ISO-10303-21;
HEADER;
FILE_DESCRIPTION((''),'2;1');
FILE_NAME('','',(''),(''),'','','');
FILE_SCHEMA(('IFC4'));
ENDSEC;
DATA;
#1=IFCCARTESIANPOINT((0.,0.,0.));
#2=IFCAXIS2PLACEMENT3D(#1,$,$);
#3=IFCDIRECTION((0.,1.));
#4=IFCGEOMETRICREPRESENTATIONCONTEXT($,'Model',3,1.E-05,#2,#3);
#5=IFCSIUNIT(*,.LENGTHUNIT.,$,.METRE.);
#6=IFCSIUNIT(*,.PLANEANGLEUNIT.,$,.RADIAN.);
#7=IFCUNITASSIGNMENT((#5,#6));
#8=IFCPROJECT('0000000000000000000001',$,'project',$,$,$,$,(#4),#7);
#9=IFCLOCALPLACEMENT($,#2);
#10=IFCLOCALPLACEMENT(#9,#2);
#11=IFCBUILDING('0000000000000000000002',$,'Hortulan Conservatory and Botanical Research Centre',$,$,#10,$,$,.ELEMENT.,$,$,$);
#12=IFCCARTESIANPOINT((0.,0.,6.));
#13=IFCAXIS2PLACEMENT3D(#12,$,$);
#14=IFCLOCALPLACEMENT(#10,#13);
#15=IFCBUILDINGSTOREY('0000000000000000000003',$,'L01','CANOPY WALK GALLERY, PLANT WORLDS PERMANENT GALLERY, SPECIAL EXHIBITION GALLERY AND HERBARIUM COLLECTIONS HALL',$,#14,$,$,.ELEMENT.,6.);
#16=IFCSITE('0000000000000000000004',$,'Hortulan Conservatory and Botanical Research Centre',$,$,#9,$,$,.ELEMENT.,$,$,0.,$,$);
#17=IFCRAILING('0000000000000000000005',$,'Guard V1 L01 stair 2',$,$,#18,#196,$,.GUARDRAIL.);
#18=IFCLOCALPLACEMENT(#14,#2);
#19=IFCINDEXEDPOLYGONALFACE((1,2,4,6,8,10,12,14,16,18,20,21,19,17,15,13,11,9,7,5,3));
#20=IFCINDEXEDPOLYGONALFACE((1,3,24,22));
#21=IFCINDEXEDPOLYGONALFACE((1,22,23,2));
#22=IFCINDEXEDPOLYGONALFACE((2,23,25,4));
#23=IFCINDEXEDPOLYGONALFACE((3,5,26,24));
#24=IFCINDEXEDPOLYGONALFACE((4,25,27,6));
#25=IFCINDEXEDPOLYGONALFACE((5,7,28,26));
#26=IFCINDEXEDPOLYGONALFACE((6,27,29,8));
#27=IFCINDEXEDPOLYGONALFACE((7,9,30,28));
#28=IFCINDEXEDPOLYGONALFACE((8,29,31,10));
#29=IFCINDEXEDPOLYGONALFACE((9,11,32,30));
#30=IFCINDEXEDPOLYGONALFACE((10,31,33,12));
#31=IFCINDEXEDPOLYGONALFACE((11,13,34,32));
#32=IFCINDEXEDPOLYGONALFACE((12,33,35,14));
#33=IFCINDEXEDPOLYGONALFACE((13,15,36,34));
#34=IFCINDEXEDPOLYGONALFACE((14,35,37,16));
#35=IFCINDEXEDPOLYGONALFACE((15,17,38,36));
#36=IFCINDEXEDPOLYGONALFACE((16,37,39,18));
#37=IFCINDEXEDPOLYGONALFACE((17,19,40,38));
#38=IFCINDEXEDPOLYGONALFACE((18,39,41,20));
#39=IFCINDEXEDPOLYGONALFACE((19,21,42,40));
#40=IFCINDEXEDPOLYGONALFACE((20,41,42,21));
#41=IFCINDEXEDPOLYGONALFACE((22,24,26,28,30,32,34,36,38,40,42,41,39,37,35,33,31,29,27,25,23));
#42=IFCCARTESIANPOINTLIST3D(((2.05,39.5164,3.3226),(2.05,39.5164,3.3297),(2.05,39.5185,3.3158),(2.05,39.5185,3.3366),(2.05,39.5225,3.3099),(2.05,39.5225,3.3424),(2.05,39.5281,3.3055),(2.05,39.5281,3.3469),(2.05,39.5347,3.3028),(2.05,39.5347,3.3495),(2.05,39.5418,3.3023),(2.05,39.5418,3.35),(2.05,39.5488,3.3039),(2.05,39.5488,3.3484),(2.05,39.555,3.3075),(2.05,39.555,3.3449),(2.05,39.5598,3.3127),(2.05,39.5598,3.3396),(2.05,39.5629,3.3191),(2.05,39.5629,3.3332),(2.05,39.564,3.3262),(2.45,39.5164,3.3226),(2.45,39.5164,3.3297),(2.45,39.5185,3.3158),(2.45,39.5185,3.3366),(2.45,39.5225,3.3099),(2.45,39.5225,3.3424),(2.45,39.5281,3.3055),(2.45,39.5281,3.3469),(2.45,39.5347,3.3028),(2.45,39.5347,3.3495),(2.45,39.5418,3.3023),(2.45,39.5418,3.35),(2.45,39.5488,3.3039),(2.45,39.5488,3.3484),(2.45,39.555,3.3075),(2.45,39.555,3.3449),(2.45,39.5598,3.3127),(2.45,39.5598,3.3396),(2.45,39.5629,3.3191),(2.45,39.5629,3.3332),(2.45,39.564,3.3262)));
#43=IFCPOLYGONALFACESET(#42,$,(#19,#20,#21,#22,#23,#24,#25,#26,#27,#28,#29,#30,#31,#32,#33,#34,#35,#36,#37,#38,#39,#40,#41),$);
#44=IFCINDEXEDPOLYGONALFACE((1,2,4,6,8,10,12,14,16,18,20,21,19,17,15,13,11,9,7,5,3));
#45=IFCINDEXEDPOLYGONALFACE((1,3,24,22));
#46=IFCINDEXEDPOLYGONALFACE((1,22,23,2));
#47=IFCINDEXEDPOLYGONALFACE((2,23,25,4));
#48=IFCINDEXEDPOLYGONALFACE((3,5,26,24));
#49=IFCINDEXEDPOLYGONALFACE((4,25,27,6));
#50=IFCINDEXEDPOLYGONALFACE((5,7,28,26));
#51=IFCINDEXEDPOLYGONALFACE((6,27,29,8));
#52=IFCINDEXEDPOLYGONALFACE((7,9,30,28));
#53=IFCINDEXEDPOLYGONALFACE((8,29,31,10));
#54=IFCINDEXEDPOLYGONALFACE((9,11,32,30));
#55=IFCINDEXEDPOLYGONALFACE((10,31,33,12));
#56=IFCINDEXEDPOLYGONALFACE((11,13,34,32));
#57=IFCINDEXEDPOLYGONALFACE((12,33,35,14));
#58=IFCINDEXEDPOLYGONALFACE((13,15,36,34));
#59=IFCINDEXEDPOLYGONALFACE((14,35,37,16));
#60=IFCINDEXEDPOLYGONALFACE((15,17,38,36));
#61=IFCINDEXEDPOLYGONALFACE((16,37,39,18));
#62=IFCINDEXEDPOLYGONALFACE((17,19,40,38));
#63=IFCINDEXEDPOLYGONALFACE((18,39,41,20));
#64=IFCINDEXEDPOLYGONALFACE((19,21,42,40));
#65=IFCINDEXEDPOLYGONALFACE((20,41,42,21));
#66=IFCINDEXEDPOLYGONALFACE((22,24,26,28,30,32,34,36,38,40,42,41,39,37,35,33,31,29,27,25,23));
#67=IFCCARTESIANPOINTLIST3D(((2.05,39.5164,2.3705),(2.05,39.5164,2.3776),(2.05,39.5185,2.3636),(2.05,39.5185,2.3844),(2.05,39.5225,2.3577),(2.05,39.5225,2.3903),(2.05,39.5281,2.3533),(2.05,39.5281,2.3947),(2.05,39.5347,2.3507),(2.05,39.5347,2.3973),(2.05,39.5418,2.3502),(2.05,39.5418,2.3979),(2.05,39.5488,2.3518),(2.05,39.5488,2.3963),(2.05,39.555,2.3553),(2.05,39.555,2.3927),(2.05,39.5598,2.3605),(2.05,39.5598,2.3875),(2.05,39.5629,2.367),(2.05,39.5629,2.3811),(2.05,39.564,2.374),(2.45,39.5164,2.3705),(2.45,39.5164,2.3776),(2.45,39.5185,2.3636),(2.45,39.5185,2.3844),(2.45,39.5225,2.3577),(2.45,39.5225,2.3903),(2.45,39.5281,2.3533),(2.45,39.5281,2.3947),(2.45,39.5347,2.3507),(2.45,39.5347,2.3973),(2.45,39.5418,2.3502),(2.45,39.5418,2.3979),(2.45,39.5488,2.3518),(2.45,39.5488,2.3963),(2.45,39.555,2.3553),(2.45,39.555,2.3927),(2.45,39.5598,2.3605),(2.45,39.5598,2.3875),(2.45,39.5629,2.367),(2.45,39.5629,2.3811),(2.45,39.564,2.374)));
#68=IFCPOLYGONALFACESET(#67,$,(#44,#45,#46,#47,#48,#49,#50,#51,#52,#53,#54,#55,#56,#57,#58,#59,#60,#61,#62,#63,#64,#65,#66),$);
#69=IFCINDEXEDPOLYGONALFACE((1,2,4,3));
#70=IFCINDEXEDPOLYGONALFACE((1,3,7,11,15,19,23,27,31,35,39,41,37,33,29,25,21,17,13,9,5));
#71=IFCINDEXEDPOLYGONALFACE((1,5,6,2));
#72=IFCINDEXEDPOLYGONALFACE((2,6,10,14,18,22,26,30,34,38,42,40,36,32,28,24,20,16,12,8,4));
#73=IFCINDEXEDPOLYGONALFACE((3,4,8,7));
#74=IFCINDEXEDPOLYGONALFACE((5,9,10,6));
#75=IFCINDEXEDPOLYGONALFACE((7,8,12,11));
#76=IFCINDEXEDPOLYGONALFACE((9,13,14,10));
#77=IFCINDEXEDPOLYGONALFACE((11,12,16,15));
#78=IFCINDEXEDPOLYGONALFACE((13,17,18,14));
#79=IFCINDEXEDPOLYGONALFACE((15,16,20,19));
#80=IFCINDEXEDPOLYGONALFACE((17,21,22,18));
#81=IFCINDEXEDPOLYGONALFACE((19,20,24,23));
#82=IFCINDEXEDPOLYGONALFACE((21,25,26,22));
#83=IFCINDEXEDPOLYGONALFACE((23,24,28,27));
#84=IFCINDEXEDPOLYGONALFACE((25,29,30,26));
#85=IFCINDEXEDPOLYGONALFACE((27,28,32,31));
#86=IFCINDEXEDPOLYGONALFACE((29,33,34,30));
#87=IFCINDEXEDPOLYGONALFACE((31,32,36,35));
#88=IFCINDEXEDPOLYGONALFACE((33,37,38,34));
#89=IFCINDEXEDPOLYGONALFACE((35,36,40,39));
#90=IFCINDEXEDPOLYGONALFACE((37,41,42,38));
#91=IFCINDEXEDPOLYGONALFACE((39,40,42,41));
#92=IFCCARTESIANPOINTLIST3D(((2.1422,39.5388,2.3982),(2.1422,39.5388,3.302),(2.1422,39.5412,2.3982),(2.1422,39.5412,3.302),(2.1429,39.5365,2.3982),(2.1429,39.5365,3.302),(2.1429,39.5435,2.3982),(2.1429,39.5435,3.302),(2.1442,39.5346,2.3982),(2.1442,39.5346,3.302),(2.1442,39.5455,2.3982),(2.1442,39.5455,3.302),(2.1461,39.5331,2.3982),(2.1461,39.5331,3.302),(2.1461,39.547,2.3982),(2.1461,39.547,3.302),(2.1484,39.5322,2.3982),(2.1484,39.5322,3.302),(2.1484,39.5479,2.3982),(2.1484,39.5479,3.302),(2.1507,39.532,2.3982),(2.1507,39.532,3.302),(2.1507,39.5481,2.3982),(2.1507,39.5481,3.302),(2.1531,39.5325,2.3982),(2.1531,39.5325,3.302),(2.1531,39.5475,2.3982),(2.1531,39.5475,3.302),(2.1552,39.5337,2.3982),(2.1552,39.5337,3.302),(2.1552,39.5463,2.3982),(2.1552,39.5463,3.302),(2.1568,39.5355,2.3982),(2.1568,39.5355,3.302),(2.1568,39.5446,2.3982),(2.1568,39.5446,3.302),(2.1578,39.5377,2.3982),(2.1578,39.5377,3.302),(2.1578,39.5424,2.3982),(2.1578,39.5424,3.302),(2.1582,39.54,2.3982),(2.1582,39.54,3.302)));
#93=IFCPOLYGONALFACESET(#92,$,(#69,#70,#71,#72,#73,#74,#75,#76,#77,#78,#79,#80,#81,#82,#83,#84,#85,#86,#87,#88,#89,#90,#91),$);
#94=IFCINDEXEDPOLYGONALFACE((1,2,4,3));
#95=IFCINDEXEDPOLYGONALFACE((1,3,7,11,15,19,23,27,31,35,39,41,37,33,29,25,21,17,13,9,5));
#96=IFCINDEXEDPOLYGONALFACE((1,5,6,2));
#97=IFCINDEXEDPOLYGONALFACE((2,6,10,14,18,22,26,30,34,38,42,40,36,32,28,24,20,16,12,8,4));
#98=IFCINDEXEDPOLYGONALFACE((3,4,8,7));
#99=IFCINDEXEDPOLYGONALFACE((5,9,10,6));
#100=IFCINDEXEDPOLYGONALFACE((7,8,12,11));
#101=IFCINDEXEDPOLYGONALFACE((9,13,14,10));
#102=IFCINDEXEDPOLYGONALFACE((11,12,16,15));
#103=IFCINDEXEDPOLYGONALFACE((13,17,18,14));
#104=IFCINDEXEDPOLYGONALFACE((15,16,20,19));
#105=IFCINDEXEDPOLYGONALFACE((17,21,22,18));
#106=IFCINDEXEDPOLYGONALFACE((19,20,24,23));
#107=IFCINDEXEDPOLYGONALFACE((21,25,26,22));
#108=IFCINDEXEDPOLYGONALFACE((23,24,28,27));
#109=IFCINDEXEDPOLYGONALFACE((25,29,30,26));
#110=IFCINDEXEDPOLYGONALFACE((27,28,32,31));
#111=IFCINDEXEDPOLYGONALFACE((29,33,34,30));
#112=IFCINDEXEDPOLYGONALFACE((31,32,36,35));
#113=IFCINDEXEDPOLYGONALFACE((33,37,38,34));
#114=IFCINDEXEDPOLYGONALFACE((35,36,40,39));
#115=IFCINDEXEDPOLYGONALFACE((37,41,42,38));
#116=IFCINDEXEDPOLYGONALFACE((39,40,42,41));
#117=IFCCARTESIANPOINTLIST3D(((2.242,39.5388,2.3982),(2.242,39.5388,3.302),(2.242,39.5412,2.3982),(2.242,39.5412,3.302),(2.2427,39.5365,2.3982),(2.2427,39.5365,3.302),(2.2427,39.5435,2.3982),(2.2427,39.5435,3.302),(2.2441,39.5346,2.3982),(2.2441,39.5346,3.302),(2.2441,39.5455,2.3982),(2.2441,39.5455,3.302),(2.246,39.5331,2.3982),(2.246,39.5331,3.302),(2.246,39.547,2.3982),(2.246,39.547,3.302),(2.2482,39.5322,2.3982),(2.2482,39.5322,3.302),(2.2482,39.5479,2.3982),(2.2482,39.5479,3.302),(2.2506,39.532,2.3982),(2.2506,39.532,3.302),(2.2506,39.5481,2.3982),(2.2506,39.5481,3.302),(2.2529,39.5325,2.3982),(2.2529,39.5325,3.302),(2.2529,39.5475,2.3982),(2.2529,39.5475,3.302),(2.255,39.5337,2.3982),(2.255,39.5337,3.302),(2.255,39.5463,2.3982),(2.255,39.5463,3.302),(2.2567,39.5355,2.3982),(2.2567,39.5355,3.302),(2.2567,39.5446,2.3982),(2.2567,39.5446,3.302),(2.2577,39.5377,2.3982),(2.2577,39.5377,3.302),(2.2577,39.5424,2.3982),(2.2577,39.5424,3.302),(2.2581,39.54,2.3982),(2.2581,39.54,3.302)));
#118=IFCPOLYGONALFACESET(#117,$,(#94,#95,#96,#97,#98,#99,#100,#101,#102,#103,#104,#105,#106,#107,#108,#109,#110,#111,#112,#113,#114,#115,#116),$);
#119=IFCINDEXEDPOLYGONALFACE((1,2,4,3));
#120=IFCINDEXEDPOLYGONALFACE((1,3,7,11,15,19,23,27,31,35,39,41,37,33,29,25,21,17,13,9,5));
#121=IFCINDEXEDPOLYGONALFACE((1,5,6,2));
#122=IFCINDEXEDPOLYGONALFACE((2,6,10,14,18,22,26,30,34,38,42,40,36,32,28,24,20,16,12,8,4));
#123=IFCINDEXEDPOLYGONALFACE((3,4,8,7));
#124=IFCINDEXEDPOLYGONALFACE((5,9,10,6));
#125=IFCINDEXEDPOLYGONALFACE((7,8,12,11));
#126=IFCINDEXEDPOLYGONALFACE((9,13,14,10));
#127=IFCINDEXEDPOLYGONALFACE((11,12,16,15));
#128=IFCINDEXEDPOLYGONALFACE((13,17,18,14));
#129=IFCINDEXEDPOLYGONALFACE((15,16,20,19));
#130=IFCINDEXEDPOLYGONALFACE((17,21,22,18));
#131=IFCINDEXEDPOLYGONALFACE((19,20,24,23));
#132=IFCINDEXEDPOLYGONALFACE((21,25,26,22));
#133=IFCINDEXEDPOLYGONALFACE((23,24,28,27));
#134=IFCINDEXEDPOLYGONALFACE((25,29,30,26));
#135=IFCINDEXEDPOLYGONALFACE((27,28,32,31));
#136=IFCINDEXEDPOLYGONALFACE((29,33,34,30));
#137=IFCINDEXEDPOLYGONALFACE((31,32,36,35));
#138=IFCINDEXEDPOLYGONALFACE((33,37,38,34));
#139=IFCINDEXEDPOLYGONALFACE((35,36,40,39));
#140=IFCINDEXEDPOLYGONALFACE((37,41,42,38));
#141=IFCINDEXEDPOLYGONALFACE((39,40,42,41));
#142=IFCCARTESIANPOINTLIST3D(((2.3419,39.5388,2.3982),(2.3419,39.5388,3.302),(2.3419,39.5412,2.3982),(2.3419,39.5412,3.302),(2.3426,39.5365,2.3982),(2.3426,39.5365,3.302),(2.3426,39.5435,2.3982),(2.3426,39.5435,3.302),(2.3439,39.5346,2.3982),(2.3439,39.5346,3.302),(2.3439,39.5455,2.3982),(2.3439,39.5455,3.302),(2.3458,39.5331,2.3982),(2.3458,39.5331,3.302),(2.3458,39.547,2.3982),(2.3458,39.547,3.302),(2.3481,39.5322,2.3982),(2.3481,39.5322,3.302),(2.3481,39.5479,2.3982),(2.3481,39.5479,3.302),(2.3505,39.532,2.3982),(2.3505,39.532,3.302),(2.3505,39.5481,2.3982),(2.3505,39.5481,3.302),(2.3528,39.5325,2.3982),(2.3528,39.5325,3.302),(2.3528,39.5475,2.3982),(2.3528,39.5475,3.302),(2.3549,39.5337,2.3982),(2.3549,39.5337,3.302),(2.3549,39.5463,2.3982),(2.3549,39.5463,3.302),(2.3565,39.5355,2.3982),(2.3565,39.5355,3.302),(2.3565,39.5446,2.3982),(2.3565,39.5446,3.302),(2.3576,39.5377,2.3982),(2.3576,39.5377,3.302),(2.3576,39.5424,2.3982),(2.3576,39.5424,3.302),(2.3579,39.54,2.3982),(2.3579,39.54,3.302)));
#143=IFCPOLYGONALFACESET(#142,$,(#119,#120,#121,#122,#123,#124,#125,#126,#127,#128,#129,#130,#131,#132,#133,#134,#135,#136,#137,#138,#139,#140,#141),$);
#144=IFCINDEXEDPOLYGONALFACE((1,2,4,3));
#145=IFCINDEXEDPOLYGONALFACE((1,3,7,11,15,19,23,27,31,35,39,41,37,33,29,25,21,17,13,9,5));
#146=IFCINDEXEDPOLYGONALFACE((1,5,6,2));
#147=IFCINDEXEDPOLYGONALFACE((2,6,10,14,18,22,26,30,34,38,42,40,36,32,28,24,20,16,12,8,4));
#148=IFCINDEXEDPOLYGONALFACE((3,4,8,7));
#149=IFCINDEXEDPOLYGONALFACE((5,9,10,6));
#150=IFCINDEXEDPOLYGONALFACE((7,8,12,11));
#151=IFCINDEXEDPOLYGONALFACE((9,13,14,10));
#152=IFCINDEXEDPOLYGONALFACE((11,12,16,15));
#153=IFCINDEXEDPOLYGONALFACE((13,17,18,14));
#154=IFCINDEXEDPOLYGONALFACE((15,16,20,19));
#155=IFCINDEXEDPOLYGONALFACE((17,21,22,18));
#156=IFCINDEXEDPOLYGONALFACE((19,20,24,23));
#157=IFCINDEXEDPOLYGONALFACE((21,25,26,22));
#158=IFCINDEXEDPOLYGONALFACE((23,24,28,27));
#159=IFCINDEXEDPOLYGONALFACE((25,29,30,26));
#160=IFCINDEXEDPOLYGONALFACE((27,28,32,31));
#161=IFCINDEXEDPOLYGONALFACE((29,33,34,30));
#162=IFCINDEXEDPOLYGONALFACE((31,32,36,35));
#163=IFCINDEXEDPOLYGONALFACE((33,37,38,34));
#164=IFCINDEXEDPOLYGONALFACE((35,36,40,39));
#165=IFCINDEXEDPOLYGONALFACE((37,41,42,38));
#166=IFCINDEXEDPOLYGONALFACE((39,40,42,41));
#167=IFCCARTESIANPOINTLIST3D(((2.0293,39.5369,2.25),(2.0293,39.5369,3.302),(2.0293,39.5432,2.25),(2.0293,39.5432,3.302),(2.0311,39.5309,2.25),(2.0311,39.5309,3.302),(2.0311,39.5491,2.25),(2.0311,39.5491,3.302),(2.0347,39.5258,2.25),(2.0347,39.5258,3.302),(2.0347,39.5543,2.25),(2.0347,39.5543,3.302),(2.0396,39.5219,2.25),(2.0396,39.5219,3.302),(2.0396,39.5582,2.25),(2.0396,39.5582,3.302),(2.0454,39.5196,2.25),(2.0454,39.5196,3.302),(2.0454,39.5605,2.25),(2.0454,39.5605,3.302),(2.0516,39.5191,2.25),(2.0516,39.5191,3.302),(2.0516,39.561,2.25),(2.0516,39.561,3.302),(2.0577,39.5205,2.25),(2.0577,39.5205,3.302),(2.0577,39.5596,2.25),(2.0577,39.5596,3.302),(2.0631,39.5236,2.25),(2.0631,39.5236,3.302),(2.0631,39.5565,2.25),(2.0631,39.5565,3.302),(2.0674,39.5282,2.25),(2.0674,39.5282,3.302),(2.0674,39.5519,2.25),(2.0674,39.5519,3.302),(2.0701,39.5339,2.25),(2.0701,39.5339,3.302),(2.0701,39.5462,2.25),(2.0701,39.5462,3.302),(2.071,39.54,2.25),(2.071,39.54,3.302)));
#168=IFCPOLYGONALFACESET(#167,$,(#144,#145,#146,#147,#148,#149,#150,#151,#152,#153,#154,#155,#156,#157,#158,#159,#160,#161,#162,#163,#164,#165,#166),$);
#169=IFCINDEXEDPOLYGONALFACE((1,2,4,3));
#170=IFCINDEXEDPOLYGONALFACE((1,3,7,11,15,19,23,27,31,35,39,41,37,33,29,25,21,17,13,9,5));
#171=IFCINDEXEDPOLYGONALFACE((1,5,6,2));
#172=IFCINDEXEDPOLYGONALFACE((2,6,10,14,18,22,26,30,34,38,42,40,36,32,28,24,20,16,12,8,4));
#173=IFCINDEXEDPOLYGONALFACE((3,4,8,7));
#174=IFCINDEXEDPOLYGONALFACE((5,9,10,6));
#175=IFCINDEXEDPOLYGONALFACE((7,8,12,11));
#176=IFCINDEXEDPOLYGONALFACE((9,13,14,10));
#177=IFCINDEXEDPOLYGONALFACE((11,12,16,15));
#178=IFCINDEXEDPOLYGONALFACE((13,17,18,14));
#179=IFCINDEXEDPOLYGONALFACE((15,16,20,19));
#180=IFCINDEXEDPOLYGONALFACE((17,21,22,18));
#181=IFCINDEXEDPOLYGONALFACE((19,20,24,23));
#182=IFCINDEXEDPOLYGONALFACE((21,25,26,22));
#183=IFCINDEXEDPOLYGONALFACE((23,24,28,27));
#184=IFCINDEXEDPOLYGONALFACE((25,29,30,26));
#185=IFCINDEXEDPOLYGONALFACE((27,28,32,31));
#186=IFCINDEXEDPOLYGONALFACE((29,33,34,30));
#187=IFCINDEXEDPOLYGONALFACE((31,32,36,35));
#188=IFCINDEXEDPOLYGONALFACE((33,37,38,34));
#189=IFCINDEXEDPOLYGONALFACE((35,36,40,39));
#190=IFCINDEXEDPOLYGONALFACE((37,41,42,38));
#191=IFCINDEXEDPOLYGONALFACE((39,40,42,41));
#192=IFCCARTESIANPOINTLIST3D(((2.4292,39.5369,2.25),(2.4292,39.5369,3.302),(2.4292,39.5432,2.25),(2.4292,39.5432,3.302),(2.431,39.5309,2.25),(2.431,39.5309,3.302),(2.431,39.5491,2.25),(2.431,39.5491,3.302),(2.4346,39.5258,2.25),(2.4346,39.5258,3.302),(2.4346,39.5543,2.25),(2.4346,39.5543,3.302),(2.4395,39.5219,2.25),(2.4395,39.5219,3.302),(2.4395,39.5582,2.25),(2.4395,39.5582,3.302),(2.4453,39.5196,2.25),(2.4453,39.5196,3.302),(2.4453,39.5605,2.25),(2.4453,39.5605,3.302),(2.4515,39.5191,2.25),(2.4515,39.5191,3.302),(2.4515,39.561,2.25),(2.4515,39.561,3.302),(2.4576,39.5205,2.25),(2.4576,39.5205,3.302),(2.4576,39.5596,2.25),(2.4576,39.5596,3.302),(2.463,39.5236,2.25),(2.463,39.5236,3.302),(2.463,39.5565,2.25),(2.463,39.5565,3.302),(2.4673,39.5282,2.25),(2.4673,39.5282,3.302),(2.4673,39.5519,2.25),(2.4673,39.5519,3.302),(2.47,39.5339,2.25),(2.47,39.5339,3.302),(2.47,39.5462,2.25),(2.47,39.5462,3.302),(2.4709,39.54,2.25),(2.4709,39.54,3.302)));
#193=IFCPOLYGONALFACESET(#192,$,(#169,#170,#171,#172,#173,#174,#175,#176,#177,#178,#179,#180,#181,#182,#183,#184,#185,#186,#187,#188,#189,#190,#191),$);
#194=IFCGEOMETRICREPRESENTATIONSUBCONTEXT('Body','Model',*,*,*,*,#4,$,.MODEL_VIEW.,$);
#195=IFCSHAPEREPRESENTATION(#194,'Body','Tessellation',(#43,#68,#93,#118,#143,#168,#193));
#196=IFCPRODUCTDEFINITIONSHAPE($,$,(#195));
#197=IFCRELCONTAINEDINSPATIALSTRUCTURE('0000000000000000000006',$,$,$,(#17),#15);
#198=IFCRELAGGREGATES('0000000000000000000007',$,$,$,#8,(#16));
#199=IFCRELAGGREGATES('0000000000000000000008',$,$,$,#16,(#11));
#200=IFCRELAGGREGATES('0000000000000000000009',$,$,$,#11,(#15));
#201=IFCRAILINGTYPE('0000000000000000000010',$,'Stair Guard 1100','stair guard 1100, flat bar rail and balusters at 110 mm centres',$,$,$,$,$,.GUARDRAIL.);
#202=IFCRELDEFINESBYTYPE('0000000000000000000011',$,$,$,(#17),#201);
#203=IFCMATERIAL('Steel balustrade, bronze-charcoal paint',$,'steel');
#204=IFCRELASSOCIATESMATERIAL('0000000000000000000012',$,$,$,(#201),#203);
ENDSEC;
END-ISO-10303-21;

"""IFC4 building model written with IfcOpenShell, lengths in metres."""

from ifc_helpers import new_model, si_unit, direction, frame, origin, origin_2d, place, context, subcontext, project, spatial, circle, extrude, material, type_object, element, save


model = new_model("IFC4")

# Units and contexts
model_context = context("Model", 3, precision=1e-05, world=origin(), true_north=direction((0.0, 1.0)))
body_context = subcontext(model_context, "Body", "Model", "MODEL_VIEW")
ifc_project = project(units=[si_unit("LENGTHUNIT", "METRE"), si_unit("PLANEANGLEUNIT", "RADIAN")], contexts=[model_context])

# Site, building, storey
site_placement = place(None, origin())
site = spatial("IfcSite", under=ifc_project, at=site_placement, Name="Hortulan Conservatory and Botanical Research Centre", CompositionType="ELEMENT", RefElevation=0.0)
building_placement = place(site_placement, origin())
building = spatial("IfcBuilding", under=site, at=building_placement, Name="Hortulan Conservatory and Botanical Research Centre", CompositionType="ELEMENT")
storey_placement = place(building_placement, frame((0.0, 0.0, 6.0)))
storey = spatial("IfcBuildingStorey", under=building, at=storey_placement, Name="L01", Description="CANOPY WALK GALLERY, PLANT WORLDS PERMANENT GALLERY, SPECIAL EXHIBITION GALLERY AND HERBARIUM COLLECTIONS HALL", CompositionType="ELEMENT", Elevation=6.0)

# Railing
ifc_material_1 = material(Name="Steel balustrade, bronze-charcoal paint", Category="steel")
railing_type_1 = type_object("IfcRailingType", Name="Stair Guard 1100", Description="stair guard 1100, flat bar rail and balusters at 110 mm centres", PredefinedType="GUARDRAIL", material=ifc_material_1)
railing_1_placement = place(storey_placement, frame((2.05, 39.54, 2.25)))
element("IfcRailing", 1, at=railing_1_placement, inside=storey, type_object=railing_type_1, Name="Guard V1 L01 stair 2", PredefinedType="GUARDRAIL", context=body_context, shape_type="SweptSolid", body=[
    extrude(circle(Radius=0.0239, at=origin_2d()), frame((0.0, 0.0, 1.0762), z_axis=(1.0, 0.0, 0.0), x_axis=(0.0, 1.0, 0.0)), (0.0, 0.0, 1.0), 0.3999),
    extrude(circle(Radius=0.0239, at=origin_2d()), frame((0.0, 0.0, 0.124), z_axis=(1.0, 0.0, 0.0), x_axis=(0.0, 1.0, 0.0)), (0.0, 0.0, 1.0), 0.3999),
    extrude(circle(Radius=0.0081, at=origin_2d()), frame((0.1001, 0.0, 0.1482)), (0.0, 0.0, 1.0), 0.9038),
    extrude(circle(Radius=0.0081, at=origin_2d()), frame((0.2, 0.0, 0.1482)), (0.0, 0.0, 1.0), 0.9038),
    extrude(circle(Radius=0.0081, at=origin_2d()), frame((0.2998, 0.0, 0.1482)), (0.0, 0.0, 1.0), 0.9038),
    extrude(circle(Radius=0.021, at=origin_2d()), origin(), (0.0, 0.0, 1.0), 1.052),
    extrude(circle(Radius=0.021, at=origin_2d()), frame((0.3999, 0.0, 0.0)), (0.0, 0.0, 1.0), 1.052),
])

save(model, "model.ifc")
